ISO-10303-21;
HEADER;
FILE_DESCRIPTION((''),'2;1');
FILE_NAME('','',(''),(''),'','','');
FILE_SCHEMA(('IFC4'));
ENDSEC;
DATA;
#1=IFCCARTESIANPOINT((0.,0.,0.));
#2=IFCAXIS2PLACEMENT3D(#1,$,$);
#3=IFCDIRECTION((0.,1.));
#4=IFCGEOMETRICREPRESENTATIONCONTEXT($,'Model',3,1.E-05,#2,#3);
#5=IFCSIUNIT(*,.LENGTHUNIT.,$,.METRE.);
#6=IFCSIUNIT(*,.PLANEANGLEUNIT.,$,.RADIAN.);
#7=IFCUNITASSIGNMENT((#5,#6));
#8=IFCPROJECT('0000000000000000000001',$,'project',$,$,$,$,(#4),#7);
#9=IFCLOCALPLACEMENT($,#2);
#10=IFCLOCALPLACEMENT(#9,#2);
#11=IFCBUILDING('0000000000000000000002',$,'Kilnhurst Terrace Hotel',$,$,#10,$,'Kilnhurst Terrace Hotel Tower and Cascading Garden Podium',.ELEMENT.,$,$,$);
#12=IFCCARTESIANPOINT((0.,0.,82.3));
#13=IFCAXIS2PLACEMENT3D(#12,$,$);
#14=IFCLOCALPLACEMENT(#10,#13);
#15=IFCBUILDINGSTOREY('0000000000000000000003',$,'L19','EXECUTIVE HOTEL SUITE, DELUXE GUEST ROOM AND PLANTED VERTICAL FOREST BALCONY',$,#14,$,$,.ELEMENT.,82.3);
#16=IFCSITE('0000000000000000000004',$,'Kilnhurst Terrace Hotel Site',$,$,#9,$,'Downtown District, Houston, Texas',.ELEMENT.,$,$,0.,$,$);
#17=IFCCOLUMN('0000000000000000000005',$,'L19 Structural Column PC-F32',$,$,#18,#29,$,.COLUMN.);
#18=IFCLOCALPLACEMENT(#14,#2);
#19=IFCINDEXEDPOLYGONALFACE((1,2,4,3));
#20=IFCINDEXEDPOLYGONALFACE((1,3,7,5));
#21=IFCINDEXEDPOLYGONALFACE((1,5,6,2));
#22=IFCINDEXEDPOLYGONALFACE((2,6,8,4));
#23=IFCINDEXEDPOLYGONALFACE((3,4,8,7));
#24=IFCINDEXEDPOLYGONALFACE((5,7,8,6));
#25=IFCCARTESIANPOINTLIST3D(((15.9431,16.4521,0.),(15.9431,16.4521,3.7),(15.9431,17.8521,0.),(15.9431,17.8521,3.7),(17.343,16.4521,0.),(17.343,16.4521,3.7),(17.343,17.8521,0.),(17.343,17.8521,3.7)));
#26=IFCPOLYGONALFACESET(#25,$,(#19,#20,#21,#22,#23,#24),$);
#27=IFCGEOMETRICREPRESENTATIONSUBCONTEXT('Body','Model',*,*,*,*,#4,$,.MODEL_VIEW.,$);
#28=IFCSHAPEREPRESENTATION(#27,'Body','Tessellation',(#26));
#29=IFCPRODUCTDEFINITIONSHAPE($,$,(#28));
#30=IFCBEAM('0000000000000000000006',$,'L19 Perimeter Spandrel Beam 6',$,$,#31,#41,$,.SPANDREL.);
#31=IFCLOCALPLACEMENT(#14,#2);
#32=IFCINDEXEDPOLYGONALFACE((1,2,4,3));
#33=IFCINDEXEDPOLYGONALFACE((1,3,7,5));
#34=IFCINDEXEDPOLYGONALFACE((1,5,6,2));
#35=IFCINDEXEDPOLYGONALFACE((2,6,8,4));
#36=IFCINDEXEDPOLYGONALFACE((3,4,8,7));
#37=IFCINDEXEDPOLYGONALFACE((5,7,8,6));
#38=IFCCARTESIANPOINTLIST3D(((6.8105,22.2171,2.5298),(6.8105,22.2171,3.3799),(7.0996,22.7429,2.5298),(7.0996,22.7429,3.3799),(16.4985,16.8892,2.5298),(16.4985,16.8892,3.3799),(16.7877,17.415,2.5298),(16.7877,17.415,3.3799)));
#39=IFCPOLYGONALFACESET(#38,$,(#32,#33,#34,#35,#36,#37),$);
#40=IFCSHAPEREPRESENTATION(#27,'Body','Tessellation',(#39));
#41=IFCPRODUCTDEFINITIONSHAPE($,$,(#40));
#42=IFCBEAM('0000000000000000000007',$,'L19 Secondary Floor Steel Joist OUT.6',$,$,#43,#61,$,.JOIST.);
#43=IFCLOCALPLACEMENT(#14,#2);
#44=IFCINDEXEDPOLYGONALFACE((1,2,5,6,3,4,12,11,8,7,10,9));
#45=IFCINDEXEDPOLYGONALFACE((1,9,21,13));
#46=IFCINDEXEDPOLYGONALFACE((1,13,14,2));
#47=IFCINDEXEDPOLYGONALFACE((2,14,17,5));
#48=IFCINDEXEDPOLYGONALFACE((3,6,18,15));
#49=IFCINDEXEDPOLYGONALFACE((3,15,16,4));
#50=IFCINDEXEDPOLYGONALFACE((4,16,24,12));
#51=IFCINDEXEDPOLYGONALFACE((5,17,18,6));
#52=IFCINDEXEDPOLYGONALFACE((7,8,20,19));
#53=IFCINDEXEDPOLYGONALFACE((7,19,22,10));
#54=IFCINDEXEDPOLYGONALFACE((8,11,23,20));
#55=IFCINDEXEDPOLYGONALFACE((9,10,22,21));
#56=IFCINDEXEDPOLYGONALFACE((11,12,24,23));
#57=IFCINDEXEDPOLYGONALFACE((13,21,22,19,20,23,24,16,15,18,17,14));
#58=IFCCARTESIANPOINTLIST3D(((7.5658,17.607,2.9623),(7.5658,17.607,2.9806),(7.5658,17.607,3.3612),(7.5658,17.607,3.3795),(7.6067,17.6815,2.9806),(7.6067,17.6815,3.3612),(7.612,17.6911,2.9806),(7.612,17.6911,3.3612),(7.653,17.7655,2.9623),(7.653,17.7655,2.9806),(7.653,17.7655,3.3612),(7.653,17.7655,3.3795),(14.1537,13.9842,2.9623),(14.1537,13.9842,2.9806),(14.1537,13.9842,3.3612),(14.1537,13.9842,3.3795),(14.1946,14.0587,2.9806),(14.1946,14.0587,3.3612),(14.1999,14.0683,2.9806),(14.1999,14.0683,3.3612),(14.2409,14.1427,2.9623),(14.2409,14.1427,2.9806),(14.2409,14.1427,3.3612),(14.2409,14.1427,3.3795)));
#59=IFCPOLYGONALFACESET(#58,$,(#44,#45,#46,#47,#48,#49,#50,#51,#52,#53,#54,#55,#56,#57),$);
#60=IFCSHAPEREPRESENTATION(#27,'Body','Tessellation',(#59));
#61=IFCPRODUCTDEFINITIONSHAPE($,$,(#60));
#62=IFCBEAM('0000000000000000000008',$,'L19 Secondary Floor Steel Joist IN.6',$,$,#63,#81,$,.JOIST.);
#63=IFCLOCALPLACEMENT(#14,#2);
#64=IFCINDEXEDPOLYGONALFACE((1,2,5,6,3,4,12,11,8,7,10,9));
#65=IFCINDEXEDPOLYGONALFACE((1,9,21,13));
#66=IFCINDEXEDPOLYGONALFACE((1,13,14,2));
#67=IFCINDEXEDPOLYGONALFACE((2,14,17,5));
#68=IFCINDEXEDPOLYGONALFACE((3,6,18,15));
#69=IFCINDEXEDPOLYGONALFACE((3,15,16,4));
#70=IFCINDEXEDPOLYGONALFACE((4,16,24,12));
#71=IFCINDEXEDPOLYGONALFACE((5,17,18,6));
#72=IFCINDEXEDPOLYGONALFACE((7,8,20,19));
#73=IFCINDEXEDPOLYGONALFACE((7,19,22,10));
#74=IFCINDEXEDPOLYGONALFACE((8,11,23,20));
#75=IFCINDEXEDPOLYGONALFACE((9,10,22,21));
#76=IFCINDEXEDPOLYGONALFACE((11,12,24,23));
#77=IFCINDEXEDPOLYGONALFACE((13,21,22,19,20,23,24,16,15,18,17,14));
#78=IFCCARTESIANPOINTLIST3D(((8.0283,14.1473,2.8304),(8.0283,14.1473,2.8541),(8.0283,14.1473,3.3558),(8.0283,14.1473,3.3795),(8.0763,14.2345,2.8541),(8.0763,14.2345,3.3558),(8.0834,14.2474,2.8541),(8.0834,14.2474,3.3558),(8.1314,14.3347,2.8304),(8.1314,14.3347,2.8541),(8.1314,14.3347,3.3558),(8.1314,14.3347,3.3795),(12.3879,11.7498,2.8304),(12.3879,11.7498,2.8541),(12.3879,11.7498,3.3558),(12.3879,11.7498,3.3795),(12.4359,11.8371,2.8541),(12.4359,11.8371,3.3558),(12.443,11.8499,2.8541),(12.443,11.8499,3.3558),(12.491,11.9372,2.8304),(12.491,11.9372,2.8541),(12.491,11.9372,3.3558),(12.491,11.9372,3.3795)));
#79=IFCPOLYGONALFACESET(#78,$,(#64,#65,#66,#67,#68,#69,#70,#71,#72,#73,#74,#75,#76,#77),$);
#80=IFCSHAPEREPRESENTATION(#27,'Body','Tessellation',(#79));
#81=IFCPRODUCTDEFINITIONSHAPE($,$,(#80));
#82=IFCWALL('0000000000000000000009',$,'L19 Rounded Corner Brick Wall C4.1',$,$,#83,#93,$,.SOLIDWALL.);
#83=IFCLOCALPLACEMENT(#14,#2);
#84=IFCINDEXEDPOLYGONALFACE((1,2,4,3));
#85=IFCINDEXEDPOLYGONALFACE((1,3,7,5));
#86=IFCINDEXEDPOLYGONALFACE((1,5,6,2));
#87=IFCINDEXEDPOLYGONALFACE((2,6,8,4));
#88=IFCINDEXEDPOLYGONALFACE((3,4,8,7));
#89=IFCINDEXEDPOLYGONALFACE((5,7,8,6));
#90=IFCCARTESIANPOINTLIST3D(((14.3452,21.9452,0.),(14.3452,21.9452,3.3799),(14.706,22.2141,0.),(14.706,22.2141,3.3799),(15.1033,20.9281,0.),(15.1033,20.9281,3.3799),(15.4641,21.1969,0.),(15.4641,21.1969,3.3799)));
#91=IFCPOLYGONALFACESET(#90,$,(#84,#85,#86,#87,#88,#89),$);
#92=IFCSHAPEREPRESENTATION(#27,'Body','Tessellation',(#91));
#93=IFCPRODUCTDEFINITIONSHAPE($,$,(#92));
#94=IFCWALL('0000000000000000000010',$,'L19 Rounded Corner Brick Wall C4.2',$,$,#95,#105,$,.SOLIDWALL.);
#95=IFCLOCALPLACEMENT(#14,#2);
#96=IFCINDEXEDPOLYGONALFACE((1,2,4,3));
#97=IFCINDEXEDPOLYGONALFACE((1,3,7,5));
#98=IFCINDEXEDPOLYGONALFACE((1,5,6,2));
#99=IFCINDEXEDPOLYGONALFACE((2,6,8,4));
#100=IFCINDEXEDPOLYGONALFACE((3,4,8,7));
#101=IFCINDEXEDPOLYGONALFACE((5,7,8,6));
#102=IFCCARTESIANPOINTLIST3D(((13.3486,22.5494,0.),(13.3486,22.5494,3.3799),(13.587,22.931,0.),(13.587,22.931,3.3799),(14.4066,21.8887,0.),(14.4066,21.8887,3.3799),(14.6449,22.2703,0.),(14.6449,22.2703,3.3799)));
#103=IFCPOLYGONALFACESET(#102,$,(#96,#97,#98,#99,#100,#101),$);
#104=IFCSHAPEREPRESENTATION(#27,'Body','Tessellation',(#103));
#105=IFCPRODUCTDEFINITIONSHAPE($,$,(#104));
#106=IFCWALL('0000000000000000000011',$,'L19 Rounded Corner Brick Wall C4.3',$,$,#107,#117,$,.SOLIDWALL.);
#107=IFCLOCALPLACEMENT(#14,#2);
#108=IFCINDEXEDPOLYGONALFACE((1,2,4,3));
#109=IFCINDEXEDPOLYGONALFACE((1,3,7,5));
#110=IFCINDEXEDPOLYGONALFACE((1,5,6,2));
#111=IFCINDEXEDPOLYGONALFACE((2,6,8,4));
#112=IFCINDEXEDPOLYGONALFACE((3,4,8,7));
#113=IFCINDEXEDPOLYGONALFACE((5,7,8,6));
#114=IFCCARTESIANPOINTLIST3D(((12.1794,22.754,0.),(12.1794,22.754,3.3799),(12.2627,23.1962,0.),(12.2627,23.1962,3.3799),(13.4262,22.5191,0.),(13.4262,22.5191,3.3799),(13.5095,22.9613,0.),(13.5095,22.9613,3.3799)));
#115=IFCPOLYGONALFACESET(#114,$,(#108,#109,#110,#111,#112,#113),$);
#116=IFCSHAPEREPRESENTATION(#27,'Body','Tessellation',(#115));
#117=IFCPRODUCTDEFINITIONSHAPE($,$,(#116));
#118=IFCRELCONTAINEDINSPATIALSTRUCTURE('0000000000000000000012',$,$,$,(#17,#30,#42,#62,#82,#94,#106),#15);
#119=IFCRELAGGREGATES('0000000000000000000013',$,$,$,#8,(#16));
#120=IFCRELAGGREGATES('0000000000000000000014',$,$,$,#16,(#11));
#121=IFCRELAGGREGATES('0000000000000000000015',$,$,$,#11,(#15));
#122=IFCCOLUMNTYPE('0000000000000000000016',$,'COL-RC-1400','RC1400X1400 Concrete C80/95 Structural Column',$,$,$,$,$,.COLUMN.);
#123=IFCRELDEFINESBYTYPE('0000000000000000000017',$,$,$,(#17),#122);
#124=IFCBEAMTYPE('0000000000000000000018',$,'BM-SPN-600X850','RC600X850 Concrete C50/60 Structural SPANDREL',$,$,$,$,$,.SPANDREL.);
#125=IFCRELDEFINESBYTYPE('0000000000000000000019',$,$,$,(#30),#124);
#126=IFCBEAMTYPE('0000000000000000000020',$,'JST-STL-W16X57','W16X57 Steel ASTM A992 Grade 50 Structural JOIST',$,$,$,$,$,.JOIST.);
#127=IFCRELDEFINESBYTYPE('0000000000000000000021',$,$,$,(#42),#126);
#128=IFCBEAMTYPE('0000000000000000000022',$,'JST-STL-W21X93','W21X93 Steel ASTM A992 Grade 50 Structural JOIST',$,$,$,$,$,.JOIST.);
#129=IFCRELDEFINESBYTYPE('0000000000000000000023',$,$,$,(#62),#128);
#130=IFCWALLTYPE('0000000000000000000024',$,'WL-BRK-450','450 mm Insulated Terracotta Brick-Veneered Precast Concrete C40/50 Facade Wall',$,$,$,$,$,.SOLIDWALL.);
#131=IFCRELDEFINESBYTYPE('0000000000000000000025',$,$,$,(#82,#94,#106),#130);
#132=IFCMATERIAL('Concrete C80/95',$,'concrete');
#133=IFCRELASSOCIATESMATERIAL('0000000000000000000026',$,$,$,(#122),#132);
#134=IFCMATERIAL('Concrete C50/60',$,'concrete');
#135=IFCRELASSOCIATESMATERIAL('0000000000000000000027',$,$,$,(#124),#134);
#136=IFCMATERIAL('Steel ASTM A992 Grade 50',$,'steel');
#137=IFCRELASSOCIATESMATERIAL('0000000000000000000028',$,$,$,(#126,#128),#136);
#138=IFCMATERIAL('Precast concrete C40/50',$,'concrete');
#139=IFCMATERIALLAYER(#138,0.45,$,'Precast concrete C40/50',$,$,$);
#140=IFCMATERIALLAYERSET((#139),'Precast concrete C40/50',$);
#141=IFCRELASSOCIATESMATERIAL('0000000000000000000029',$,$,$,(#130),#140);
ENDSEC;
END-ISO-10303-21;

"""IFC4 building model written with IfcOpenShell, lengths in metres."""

from ifc_helpers import new_model, si_unit, direction, frame, frame_2d, origin, origin_2d, place, context, subcontext, project, spatial, rectangle, i_section, extrude, material, layer, layer_set, material_profile, profile_set, type_object, element, save


model = new_model("IFC4")

# Units and contexts
model_context = context("Model", 3, precision=1e-05, world=origin(), true_north=direction((0.0, 1.0)))
body_context = subcontext(model_context, "Body", "Model", "MODEL_VIEW")
ifc_project = project(units=[si_unit("LENGTHUNIT", "METRE"), si_unit("PLANEANGLEUNIT", "RADIAN")], contexts=[model_context])

# Site, building, storey
site_placement = place(None, origin())
site = spatial("IfcSite", under=ifc_project, at=site_placement, Name="Kilnhurst Terrace Hotel Site", LongName="Downtown District, Houston, Texas", CompositionType="ELEMENT", RefElevation=0.0)
building_placement = place(site_placement, origin())
building = spatial("IfcBuilding", under=site, at=building_placement, Name="Kilnhurst Terrace Hotel", LongName="Kilnhurst Terrace Hotel Tower and Cascading Garden Podium", CompositionType="ELEMENT")
storey_placement = place(building_placement, frame((0.0, 0.0, 82.3)))
storey = spatial("IfcBuildingStorey", under=building, at=storey_placement, Name="L19", Description="EXECUTIVE HOTEL SUITE, DELUXE GUEST ROOM AND PLANTED VERTICAL FOREST BALCONY", CompositionType="ELEMENT", Elevation=82.3)

# Column
ifc_material_1 = material(Name="Concrete C80/95", Category="concrete")
ifc_material_profile_1 = material_profile(ifc_material_1, rectangle(XDim=1.3999, YDim=1.3999, at=origin_2d()), Name="RC1400X1400")
ifc_profile_set_1 = profile_set([ifc_material_profile_1], Name="Concrete C80/95")
column_type = type_object("IfcColumnType", Name="COL-RC-1400", Description="RC1400X1400 Concrete C80/95 Structural Column", PredefinedType="COLUMN", material=ifc_profile_set_1)
column_placement = place(storey_placement, frame((16.6431, 17.1521, 0.0), z_axis=(0.0, 0.0, 1.0), x_axis=(1.0, 0.0, 0.0)))
element("IfcColumn", 1, at=column_placement, inside=storey, type_object=column_type, Name="L19 Structural Column PC-F32", PredefinedType="COLUMN", context=body_context, shape_type="SweptSolid", body=[
    extrude(rectangle(XDim=1.3999, YDim=1.3999, at=origin_2d()), origin(), (0.0, 0.0, 1.0), 3.7),
])

# Beams
ifc_material_2 = material(Name="Concrete C50/60", Category="concrete")
ifc_material_profile_2 = material_profile(ifc_material_2, rectangle(XDim=0.6001, YDim=0.8501, at=origin_2d()), Name="RC600X850")
ifc_profile_set_2 = profile_set([ifc_material_profile_2], Name="Concrete C50/60")
beam_type_1 = type_object("IfcBeamType", Name="BM-SPN-600X850", Description="RC600X850 Concrete C50/60 Structural SPANDREL", PredefinedType="SPANDREL", material=ifc_profile_set_2)
beam_1_placement = place(storey_placement, frame((16.6431, 17.1521, 2.9548), z_axis=(-0.876235, 0.481883, 0.0), x_axis=(-0.481883, -0.876235, 0.0)))
element("IfcBeam", 2, at=beam_1_placement, inside=storey, type_object=beam_type_1, Name="L19 Perimeter Spandrel Beam 6", PredefinedType="SPANDREL", context=body_context, shape_type="SweptSolid", body=[
    extrude(rectangle(XDim=0.6001, YDim=0.8501, at=origin_2d()), origin(), (0.0, 0.0, 1.0), 11.0564),
])
ifc_material_3 = material(Name="Steel ASTM A992 Grade 50", Category="steel")
ifc_material_profile_3 = material_profile(ifc_material_3, i_section(OverallWidth=0.1809, OverallDepth=0.4172, WebThickness=0.011, FlangeThickness=0.0183, at=origin_2d()), Name="W16X57")
ifc_profile_set_3 = profile_set([ifc_material_profile_3], Name="Steel ASTM A992 Grade 50")
beam_type_2 = type_object("IfcBeamType", Name="JST-STL-W16X57", Description="W16X57 Steel ASTM A992 Grade 50 Structural JOIST", PredefinedType="JOIST", material=ifc_profile_set_3)
beam_2_placement = place(storey_placement, frame((14.1973, 14.0635, 3.1709), z_axis=(-0.876246, 0.481864, 0.0), x_axis=(-0.481864, -0.876246, 0.0)))
element("IfcBeam", 3, at=beam_2_placement, inside=storey, type_object=beam_type_2, Name="L19 Secondary Floor Steel Joist OUT.6", PredefinedType="JOIST", context=body_context, shape_type="SweptSolid", body=[
    extrude(i_section(OverallWidth=0.1809, OverallDepth=0.4172, WebThickness=0.011, FlangeThickness=0.0183, at=origin_2d()), origin(), (0.0, 0.0, 1.0), 7.5183),
])
ifc_material_profile_4 = material_profile(ifc_material_3, i_section(OverallWidth=0.2139, OverallDepth=0.5491, WebThickness=0.0146, FlangeThickness=0.0237, at=origin_2d()), Name="W21X93")
ifc_profile_set_4 = profile_set([ifc_material_profile_4], Name="Steel ASTM A992 Grade 50")
beam_type_3 = type_object("IfcBeamType", Name="JST-STL-W21X93", Description="W21X93 Steel ASTM A992 Grade 50 Structural JOIST", PredefinedType="JOIST", material=ifc_profile_set_4)
beam_3_placement = place(storey_placement, frame((12.4395, 11.8435, 3.105), z_axis=(-0.876244, 0.481868, 0.0), x_axis=(-0.481868, -0.876244, 0.0)))
element("IfcBeam", 4, at=beam_3_placement, inside=storey, type_object=beam_type_3, Name="L19 Secondary Floor Steel Joist IN.6", PredefinedType="JOIST", context=body_context, shape_type="SweptSolid", body=[
    extrude(i_section(OverallWidth=0.2139, OverallDepth=0.5491, WebThickness=0.0146, FlangeThickness=0.0237, at=origin_2d()), origin(), (0.0, 0.0, 1.0), 4.9753),
])

# Walls
ifc_material_4 = material(Name="Precast concrete C40/50", Category="concrete")
ifc_layer_1 = layer(ifc_material_4, 0.45, Name="Precast concrete C40/50")
ifc_layer_set_1 = layer_set([ifc_layer_1], Name="Precast concrete C40/50")
wall_type_1 = type_object("IfcWallType", Name="WL-BRK-450", Description="450 mm Insulated Terracotta Brick-Veneered Precast Concrete C40/50 Facade Wall", PredefinedType="SOLIDWALL", material=ifc_layer_set_1)
wall_1_placement = place(storey_placement, frame((15.2837, 21.0625, 0.0), z_axis=(0.0, 0.0, 1.0), x_axis=(-0.597595, 0.801798, 0.0)))
element("IfcWall", 5, at=wall_1_placement, inside=storey, type_object=wall_type_1, Name="L19 Rounded Corner Brick Wall C4.1", PredefinedType="SOLIDWALL", context=body_context, shape_type="SweptSolid", body=[
    extrude(rectangle(XDim=1.2686, YDim=0.45, at=frame_2d((0.6343, 0.0))), origin(), (0.0, 0.0, 1.0), 3.3799),
])
wall_2_placement = place(storey_placement, frame((14.5256, 22.0796, 0.0), z_axis=(0.0, 0.0, 1.0), x_axis=(-0.848185, 0.5297, 0.0)))
element("IfcWall", 6, at=wall_2_placement, inside=storey, type_object=wall_type_1, Name="L19 Rounded Corner Brick Wall C4.2", PredefinedType="SOLIDWALL", context=body_context, shape_type="SweptSolid", body=[
    extrude(rectangle(XDim=1.2473, YDim=0.45, at=frame_2d((0.6235, 0.0))), origin(), (0.0, 0.0, 1.0), 3.3799),
])
wall_3_placement = place(storey_placement, frame((13.4678, 22.7402, 0.0), z_axis=(0.0, 0.0, 1.0), x_axis=(-0.982717, 0.185113, 0.0)))
element("IfcWall", 7, at=wall_3_placement, inside=storey, type_object=wall_type_1, Name="L19 Rounded Corner Brick Wall C4.3", PredefinedType="SOLIDWALL", context=body_context, shape_type="SweptSolid", body=[
    extrude(rectangle(XDim=1.2688, YDim=0.45, at=frame_2d((0.6343, 0.0))), origin(), (0.0, 0.0, 1.0), 3.3799),
])

save(model, "model.ifc")
